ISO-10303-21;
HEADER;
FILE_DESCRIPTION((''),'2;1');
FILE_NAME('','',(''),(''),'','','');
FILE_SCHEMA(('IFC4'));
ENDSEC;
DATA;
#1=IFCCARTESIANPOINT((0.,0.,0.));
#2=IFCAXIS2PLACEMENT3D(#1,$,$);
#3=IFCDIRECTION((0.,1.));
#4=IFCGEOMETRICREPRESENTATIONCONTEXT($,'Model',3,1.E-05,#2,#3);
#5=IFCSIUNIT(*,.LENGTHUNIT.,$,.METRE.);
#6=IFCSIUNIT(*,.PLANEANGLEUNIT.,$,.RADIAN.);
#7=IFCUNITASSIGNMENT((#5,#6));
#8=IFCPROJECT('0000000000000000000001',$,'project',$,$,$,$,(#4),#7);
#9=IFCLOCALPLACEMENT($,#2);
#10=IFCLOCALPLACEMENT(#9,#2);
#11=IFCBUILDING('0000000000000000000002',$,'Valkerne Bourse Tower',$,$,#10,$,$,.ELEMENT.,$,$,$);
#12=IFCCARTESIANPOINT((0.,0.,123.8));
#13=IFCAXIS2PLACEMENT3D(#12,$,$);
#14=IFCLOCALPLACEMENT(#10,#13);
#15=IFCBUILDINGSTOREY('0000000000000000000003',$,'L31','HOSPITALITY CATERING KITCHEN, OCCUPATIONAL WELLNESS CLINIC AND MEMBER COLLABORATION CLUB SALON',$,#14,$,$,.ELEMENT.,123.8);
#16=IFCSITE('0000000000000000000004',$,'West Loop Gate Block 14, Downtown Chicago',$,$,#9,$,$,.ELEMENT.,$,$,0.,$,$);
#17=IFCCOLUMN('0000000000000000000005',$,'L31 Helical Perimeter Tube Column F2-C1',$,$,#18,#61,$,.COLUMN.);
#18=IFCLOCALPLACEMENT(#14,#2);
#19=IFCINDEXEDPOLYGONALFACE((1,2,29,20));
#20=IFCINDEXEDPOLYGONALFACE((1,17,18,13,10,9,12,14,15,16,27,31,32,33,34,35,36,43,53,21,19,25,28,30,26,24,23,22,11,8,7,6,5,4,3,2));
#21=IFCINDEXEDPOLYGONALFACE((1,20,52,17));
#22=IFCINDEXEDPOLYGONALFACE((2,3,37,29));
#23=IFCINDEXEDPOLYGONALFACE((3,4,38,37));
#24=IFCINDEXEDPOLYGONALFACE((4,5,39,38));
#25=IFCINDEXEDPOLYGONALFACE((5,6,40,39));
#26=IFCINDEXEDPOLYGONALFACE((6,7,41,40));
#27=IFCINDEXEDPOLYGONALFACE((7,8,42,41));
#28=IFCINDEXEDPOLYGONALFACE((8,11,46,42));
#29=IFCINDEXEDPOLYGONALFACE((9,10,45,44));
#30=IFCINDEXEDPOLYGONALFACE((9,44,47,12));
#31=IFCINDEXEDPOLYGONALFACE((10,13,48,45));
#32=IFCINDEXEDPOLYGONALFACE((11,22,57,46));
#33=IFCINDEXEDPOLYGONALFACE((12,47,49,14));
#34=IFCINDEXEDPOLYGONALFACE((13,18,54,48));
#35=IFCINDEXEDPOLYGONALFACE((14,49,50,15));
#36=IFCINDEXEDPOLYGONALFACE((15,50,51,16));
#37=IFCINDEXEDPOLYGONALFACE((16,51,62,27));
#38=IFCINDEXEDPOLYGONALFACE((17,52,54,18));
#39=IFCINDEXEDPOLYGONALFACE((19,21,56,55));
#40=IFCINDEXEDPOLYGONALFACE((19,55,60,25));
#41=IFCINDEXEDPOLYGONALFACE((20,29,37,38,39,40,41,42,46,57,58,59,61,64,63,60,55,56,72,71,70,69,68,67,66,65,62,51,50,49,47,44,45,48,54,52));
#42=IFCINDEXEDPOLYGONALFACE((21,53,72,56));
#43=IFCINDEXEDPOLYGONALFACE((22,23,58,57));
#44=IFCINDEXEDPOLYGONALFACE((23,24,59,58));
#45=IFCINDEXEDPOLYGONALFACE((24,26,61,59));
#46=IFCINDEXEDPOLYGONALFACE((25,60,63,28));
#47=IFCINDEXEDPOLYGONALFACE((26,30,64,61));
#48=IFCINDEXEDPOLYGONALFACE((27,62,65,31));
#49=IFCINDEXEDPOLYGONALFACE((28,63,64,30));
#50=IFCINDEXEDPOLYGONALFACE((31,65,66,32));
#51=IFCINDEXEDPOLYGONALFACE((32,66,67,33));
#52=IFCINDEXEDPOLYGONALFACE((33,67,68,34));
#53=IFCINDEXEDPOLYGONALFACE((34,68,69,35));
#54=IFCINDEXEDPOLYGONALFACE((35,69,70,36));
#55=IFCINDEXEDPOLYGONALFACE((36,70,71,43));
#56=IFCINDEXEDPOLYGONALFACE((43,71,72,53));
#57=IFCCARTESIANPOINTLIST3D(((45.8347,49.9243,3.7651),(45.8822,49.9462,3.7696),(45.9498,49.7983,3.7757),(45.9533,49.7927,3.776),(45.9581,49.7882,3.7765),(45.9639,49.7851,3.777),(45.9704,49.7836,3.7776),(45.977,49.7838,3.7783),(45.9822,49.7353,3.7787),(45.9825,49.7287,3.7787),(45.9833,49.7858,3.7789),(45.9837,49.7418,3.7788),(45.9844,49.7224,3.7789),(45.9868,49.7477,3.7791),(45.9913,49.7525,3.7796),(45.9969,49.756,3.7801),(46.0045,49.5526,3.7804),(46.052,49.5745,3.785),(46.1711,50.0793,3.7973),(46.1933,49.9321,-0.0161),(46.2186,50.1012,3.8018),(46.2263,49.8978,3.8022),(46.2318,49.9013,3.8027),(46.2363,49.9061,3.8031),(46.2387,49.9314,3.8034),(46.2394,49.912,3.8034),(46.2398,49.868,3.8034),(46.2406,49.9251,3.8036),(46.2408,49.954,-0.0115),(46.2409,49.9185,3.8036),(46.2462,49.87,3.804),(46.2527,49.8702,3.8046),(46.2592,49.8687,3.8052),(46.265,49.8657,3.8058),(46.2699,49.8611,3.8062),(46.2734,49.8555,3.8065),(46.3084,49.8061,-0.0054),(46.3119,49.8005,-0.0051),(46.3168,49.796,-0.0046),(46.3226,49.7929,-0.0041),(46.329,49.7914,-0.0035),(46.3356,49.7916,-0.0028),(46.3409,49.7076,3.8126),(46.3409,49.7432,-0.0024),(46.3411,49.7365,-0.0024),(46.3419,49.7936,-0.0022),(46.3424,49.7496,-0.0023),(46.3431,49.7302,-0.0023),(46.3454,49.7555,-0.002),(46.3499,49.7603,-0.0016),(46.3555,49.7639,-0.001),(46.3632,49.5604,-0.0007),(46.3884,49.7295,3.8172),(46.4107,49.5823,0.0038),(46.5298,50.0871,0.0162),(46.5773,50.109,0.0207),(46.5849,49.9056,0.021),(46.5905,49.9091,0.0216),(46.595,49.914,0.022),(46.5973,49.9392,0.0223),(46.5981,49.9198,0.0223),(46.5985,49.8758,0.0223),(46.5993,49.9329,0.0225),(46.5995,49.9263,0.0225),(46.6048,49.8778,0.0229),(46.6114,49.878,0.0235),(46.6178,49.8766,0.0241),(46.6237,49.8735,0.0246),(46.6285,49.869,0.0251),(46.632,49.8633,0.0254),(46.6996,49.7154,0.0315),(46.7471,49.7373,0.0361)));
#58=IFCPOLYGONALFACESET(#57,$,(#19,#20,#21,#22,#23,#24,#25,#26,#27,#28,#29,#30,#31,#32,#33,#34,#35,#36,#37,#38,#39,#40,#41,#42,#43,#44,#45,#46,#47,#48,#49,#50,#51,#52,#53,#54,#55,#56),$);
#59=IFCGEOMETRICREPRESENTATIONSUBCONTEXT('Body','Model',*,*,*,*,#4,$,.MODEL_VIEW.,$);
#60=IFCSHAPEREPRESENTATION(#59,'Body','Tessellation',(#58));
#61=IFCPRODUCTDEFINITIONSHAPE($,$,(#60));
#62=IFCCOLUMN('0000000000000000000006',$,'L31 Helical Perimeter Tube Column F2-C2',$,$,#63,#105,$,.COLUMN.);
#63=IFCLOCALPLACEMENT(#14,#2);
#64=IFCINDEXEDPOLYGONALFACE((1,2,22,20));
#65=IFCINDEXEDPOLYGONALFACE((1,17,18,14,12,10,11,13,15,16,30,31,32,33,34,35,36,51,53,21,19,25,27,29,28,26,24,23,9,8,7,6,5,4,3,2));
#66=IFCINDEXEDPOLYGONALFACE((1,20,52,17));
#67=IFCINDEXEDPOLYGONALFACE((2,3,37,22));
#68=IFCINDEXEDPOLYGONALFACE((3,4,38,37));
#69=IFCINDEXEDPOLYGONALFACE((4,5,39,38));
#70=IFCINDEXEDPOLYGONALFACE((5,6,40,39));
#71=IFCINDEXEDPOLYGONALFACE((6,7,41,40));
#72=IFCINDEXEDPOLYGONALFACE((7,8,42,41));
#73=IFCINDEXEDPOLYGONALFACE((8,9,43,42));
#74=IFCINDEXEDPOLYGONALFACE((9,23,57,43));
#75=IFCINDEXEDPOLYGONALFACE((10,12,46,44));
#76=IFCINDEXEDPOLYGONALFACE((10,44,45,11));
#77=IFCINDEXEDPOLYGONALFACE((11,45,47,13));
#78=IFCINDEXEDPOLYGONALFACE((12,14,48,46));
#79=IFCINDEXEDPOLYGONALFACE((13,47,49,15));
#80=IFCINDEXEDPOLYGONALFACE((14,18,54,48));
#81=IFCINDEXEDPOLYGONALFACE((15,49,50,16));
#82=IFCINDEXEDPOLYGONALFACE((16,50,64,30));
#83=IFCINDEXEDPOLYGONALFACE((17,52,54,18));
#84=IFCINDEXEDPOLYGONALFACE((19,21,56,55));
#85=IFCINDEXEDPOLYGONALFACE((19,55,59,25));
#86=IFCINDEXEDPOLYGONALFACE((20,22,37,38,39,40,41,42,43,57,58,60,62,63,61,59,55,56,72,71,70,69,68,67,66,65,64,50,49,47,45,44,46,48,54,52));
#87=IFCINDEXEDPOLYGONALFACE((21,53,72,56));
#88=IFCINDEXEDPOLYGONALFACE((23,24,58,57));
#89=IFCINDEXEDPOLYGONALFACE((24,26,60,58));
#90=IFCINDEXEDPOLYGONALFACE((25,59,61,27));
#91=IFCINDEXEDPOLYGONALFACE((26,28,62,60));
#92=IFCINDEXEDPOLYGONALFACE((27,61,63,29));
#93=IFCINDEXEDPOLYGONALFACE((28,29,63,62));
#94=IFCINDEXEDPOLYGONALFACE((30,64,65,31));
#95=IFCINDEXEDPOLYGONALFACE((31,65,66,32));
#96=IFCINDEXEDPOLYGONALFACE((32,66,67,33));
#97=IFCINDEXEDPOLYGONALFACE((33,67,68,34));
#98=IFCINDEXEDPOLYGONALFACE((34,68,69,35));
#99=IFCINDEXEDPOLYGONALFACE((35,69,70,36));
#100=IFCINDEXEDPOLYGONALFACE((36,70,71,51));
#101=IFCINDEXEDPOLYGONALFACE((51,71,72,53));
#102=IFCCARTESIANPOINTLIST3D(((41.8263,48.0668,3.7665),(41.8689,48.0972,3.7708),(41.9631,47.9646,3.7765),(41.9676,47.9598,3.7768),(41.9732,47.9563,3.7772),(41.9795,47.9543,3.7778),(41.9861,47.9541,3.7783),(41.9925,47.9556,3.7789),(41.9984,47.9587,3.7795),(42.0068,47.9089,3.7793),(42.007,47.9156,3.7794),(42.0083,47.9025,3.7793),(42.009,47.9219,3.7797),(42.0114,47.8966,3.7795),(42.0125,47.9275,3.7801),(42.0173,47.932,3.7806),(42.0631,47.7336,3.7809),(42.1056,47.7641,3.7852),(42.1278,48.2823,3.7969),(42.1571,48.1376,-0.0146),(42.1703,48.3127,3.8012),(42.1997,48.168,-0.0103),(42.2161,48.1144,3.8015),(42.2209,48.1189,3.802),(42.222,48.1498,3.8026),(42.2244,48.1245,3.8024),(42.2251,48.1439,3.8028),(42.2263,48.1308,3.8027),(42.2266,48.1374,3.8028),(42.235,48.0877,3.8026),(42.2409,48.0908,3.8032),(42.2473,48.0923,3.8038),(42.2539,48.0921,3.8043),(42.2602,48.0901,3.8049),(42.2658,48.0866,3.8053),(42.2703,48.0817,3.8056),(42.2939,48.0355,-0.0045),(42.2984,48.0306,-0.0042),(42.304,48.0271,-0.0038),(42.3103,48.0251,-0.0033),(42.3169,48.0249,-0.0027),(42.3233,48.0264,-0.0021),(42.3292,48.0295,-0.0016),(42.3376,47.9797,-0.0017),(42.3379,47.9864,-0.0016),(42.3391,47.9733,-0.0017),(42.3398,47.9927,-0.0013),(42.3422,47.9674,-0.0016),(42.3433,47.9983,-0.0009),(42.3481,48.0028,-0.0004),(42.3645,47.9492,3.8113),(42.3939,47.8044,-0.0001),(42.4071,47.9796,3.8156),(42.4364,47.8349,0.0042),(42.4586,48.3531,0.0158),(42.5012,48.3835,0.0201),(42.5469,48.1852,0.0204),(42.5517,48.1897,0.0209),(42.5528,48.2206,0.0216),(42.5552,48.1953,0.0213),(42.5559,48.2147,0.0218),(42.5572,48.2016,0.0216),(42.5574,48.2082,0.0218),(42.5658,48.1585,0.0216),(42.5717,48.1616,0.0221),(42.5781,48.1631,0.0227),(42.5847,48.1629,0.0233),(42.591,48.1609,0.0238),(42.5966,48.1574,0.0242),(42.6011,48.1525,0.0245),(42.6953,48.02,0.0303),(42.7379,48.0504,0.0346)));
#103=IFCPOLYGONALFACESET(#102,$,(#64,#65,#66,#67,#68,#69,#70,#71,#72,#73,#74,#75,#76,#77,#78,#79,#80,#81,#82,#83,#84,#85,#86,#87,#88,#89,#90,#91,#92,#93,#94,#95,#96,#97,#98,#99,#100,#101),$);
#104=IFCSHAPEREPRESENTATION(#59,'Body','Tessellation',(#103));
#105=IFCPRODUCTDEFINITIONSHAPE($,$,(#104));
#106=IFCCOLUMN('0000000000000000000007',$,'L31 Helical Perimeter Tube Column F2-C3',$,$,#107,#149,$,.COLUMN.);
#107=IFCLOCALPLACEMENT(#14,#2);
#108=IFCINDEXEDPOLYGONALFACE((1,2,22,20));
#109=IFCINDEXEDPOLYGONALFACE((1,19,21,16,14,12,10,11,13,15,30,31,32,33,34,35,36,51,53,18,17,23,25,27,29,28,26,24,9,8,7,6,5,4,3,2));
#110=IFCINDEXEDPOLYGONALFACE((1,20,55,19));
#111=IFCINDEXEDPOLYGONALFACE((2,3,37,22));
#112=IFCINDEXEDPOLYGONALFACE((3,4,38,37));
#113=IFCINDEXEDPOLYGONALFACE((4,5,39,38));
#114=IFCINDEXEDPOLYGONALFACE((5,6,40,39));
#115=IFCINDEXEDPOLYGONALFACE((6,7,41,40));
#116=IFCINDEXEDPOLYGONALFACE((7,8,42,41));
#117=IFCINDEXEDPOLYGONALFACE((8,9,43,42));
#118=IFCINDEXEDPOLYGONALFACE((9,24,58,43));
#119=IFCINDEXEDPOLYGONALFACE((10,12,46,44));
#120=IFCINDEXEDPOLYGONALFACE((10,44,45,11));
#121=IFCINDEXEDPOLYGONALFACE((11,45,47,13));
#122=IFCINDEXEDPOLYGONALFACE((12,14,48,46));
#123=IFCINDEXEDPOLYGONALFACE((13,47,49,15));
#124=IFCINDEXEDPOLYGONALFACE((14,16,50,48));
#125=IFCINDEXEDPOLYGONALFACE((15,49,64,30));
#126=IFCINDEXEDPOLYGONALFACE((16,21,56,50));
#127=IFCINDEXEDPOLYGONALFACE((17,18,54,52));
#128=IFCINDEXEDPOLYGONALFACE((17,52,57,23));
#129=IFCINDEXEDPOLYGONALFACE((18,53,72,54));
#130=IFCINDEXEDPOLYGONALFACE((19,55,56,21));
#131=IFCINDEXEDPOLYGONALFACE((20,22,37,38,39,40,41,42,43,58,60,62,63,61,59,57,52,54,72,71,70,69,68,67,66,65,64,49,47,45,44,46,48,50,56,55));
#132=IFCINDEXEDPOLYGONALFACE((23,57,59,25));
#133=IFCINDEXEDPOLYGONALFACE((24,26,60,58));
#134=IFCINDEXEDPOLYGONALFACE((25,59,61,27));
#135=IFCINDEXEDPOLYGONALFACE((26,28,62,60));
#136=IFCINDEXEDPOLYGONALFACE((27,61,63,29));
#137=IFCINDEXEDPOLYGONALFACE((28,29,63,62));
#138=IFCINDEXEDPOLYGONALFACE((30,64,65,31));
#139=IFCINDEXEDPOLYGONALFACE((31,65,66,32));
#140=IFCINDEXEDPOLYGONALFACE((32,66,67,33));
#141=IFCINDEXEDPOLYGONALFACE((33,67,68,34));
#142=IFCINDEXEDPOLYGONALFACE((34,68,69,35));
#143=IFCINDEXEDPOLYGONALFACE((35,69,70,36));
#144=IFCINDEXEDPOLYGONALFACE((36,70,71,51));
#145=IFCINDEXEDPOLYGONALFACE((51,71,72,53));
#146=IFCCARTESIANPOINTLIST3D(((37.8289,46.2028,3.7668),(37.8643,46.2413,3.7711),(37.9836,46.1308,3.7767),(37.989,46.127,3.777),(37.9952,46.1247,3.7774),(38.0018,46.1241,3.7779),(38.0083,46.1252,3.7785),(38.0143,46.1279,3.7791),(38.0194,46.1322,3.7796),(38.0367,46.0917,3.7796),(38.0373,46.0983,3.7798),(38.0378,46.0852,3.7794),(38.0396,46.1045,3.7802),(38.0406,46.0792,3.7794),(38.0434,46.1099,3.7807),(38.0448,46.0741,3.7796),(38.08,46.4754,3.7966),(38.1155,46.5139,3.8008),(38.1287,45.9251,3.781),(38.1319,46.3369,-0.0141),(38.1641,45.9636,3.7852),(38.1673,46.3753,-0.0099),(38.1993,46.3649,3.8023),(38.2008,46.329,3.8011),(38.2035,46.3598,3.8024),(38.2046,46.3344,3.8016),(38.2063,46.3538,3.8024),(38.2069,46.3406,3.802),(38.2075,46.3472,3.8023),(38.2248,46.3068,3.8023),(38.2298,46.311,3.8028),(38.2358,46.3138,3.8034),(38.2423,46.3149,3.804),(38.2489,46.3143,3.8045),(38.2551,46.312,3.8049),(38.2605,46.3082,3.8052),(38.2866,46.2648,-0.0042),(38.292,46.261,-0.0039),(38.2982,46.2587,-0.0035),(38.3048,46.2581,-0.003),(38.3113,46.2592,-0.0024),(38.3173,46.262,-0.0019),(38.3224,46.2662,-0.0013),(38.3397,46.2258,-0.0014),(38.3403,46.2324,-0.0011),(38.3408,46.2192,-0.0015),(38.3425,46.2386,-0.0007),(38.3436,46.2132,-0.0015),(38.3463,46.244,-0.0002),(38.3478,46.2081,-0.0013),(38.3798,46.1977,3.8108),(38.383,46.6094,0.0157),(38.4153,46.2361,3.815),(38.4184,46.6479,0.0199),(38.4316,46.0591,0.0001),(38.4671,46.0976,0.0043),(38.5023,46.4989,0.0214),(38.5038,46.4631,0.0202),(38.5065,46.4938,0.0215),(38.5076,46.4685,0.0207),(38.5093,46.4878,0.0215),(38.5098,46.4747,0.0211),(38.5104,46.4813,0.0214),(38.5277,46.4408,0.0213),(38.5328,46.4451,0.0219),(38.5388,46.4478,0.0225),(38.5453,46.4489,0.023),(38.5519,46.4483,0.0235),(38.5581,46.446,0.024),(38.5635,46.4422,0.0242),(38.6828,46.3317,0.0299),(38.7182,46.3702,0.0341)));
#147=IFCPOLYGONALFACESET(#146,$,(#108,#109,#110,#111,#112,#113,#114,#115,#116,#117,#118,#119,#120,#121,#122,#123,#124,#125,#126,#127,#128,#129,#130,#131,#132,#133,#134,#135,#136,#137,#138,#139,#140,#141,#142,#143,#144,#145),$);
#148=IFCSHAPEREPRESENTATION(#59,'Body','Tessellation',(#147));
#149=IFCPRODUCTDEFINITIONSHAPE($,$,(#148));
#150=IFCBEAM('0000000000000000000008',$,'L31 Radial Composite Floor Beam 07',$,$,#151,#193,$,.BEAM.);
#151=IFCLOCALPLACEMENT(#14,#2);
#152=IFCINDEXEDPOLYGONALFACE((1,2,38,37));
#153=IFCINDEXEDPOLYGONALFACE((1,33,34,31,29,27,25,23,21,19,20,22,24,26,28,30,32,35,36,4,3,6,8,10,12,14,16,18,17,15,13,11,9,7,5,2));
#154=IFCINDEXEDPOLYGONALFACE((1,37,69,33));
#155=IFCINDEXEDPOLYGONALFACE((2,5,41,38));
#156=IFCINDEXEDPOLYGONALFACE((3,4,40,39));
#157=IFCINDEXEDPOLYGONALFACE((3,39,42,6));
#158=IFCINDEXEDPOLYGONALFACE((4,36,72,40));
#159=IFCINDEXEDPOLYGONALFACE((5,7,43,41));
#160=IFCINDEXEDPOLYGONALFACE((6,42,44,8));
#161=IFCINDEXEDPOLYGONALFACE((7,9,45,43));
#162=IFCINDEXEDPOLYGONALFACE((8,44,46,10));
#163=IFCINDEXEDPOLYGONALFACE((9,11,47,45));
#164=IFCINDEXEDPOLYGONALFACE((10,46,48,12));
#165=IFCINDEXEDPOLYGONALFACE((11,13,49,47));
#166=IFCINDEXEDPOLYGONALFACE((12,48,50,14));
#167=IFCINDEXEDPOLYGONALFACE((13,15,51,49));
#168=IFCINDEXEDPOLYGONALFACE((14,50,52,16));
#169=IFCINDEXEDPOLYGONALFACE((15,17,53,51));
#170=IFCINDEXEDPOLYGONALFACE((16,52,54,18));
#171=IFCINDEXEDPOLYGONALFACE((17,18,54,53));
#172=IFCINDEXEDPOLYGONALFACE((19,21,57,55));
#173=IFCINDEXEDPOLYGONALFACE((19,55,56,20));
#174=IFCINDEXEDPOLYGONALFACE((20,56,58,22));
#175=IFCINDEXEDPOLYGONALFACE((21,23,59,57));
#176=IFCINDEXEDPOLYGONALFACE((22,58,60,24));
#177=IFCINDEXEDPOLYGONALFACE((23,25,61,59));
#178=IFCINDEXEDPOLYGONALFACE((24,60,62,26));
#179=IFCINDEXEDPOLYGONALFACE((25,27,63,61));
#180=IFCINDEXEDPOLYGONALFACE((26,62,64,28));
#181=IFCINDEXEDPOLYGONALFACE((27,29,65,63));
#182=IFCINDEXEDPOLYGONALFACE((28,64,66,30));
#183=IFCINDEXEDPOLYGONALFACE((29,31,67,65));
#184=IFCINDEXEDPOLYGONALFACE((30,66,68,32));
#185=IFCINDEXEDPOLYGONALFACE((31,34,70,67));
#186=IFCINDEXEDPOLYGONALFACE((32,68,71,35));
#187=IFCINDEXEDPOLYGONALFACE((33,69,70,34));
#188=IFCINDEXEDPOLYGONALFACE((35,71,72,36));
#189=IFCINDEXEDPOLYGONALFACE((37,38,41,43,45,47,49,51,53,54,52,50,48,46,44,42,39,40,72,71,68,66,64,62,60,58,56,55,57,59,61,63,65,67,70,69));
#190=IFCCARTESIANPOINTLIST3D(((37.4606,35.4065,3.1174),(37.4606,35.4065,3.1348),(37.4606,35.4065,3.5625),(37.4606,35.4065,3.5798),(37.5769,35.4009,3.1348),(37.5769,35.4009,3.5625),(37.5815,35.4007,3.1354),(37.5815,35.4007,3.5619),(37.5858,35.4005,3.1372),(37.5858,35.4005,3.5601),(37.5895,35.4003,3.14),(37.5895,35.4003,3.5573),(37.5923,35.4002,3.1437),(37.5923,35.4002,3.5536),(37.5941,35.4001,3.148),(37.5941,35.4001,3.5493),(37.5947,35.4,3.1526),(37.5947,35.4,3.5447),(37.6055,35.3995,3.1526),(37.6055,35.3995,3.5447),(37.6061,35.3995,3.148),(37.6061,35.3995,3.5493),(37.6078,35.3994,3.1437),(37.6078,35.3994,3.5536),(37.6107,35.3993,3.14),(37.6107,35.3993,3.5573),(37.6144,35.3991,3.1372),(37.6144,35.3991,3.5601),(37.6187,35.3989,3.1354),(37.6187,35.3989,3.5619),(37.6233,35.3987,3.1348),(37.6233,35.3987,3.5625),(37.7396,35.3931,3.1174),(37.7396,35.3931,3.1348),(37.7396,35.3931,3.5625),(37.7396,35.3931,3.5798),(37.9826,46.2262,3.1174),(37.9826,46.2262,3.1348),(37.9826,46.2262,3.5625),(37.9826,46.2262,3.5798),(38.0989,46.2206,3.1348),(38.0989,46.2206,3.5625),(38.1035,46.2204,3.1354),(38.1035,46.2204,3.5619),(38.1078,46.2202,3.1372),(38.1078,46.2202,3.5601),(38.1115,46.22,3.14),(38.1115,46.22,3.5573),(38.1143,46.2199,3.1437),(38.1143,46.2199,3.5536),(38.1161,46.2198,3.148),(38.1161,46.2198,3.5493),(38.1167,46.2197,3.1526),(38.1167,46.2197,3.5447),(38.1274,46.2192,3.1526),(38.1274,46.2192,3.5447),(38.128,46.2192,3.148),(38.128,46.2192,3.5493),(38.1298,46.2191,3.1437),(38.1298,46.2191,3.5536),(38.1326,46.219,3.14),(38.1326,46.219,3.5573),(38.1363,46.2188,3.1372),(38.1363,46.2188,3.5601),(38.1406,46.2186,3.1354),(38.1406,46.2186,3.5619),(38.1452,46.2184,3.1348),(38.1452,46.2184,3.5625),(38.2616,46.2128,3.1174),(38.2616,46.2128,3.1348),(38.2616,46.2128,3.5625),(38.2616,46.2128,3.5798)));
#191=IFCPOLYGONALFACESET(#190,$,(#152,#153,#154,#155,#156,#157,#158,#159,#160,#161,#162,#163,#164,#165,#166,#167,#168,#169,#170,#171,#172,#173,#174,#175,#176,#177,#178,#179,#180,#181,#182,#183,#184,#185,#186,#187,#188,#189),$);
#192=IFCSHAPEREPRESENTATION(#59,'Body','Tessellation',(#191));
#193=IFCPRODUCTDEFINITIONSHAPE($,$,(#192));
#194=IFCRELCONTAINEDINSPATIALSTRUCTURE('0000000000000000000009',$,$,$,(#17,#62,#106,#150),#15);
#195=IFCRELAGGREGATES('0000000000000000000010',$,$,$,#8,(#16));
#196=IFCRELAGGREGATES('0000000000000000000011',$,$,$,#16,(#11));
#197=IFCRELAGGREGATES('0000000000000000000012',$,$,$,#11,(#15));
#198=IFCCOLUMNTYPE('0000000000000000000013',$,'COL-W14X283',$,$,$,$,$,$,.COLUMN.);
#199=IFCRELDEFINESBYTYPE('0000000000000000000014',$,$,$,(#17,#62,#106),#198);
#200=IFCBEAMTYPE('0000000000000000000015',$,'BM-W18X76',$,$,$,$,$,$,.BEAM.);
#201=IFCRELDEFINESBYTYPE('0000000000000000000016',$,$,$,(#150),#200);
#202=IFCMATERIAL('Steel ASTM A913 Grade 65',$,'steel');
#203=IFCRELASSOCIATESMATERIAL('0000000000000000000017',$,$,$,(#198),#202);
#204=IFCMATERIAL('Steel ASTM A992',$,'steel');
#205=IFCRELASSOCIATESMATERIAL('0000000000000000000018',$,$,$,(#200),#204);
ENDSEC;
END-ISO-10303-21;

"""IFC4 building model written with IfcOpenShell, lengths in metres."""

from ifc_helpers import new_model, si_unit, direction, frame, origin, origin_2d, place, context, subcontext, project, spatial, i_section, extrude, material, material_profile, profile_set, type_object, element, save


model = new_model("IFC4")

# Units and contexts
model_context = context("Model", 3, precision=1e-05, world=origin(), true_north=direction((0.0, 1.0)))
body_context = subcontext(model_context, "Body", "Model", "MODEL_VIEW")
ifc_project = project(units=[si_unit("LENGTHUNIT", "METRE"), si_unit("PLANEANGLEUNIT", "RADIAN")], contexts=[model_context])

# Site, building, storey
site_placement = place(None, origin())
site = spatial("IfcSite", under=ifc_project, at=site_placement, Name="West Loop Gate Block 14, Downtown Chicago", CompositionType="ELEMENT", RefElevation=0.0)
building_placement = place(site_placement, origin())
building = spatial("IfcBuilding", under=site, at=building_placement, Name="Valkerne Bourse Tower", CompositionType="ELEMENT")
storey_placement = place(building_placement, frame((0.0, 0.0, 123.8)))
storey = spatial("IfcBuildingStorey", under=building, at=storey_placement, Name="L31", Description="HOSPITALITY CATERING KITCHEN, OCCUPATIONAL WELLNESS CLINIC AND MEMBER COLLABORATION CLUB SALON", CompositionType="ELEMENT", Elevation=123.8)

# Columns
ifc_material_1 = material(Name="Steel ASTM A913 Grade 65", Category="steel")
ifc_material_profile_1 = material_profile(ifc_material_1, i_section(OverallWidth=0.4089, OverallDepth=0.4243, WebThickness=0.0327, FlangeThickness=0.0525, FilletRadius=0.0254, at=origin_2d()), Name="W14X283")
ifc_profile_set_1 = profile_set([ifc_material_profile_1], Name="Steel ASTM A913 Grade 65")
column_type = type_object("IfcColumnType", Name="COL-W14X283", PredefinedType="COLUMN", material=ifc_profile_set_1)
column_1_placement = place(storey_placement, frame((46.4702, 49.8347, 0.01), z_axis=(-0.09443, -0.002057, 0.995529), x_axis=(-0.415266, 0.908926, -0.037511)))
element("IfcColumn", 1, at=column_1_placement, inside=storey, type_object=column_type, Name="L31 Helical Perimeter Tube Column F2-C1", PredefinedType="COLUMN", context=body_context, shape_type="SweptSolid", body=[
    extrude(i_section(OverallWidth=0.4089, OverallDepth=0.4243, WebThickness=0.0327, FlangeThickness=0.0525, FilletRadius=0.0254, at=origin_2d()), origin(), (0.0, 0.0, 1.0), 3.7981),
])
column_2_placement = place(storey_placement, frame((42.4475, 48.094, 0.01), z_axis=(-0.087145, -0.018651, 0.996021), x_axis=(-0.578878, 0.814646, -0.035393)))
element("IfcColumn", 2, at=column_2_placement, inside=storey, type_object=column_type, Name="L31 Helical Perimeter Tube Column F2-C2", PredefinedType="COLUMN", context=body_context, shape_type="SweptSolid", body=[
    extrude(i_section(OverallWidth=0.4089, OverallDepth=0.4243, WebThickness=0.0327, FlangeThickness=0.0525, FilletRadius=0.0254, at=origin_2d()), origin(), (0.0, 0.0, 1.0), 3.7961),
])
column_3_placement = place(storey_placement, frame((38.425, 46.3535, 0.01), z_axis=(-0.079826, -0.035314, 0.996183), x_axis=(-0.733101, 0.679236, -0.034666)))
element("IfcColumn", 3, at=column_3_placement, inside=storey, type_object=column_type, Name="L31 Helical Perimeter Tube Column F2-C3", PredefinedType="COLUMN", context=body_context, shape_type="SweptSolid", body=[
    extrude(i_section(OverallWidth=0.4089, OverallDepth=0.4243, WebThickness=0.0327, FlangeThickness=0.0525, FilletRadius=0.0254, at=origin_2d()), origin(), (0.0, 0.0, 1.0), 3.7954),
])

# Beam
ifc_material_2 = material(Name="Steel ASTM A992", Category="steel")
ifc_material_profile_2 = material_profile(ifc_material_2, i_section(OverallWidth=0.2793, OverallDepth=0.4624, WebThickness=0.0107, FlangeThickness=0.0173, FilletRadius=0.0178, at=origin_2d()), Name="W18X76")
ifc_profile_set_2 = profile_set([ifc_material_profile_2], Name="Steel ASTM A992")
beam_type_1 = type_object("IfcBeamType", Name="BM-W18X76", PredefinedType="BEAM", material=ifc_profile_set_2)
beam_1_placement = place(storey_placement, frame((38.1221, 46.2195, 3.3486), z_axis=(-0.048187, -0.998838, 0.0), x_axis=(0.998838, -0.048187, 0.0)))
element("IfcBeam", 4, at=beam_1_placement, inside=storey, type_object=beam_type_1, Name="L31 Radial Composite Floor Beam 07", PredefinedType="BEAM", context=body_context, shape_type="SweptSolid", body=[
    extrude(i_section(OverallWidth=0.2793, OverallDepth=0.4624, WebThickness=0.0107, FlangeThickness=0.0173, FilletRadius=0.0178, at=origin_2d()), origin(), (0.0, 0.0, 1.0), 10.8323),
])

save(model, "model.ifc")
